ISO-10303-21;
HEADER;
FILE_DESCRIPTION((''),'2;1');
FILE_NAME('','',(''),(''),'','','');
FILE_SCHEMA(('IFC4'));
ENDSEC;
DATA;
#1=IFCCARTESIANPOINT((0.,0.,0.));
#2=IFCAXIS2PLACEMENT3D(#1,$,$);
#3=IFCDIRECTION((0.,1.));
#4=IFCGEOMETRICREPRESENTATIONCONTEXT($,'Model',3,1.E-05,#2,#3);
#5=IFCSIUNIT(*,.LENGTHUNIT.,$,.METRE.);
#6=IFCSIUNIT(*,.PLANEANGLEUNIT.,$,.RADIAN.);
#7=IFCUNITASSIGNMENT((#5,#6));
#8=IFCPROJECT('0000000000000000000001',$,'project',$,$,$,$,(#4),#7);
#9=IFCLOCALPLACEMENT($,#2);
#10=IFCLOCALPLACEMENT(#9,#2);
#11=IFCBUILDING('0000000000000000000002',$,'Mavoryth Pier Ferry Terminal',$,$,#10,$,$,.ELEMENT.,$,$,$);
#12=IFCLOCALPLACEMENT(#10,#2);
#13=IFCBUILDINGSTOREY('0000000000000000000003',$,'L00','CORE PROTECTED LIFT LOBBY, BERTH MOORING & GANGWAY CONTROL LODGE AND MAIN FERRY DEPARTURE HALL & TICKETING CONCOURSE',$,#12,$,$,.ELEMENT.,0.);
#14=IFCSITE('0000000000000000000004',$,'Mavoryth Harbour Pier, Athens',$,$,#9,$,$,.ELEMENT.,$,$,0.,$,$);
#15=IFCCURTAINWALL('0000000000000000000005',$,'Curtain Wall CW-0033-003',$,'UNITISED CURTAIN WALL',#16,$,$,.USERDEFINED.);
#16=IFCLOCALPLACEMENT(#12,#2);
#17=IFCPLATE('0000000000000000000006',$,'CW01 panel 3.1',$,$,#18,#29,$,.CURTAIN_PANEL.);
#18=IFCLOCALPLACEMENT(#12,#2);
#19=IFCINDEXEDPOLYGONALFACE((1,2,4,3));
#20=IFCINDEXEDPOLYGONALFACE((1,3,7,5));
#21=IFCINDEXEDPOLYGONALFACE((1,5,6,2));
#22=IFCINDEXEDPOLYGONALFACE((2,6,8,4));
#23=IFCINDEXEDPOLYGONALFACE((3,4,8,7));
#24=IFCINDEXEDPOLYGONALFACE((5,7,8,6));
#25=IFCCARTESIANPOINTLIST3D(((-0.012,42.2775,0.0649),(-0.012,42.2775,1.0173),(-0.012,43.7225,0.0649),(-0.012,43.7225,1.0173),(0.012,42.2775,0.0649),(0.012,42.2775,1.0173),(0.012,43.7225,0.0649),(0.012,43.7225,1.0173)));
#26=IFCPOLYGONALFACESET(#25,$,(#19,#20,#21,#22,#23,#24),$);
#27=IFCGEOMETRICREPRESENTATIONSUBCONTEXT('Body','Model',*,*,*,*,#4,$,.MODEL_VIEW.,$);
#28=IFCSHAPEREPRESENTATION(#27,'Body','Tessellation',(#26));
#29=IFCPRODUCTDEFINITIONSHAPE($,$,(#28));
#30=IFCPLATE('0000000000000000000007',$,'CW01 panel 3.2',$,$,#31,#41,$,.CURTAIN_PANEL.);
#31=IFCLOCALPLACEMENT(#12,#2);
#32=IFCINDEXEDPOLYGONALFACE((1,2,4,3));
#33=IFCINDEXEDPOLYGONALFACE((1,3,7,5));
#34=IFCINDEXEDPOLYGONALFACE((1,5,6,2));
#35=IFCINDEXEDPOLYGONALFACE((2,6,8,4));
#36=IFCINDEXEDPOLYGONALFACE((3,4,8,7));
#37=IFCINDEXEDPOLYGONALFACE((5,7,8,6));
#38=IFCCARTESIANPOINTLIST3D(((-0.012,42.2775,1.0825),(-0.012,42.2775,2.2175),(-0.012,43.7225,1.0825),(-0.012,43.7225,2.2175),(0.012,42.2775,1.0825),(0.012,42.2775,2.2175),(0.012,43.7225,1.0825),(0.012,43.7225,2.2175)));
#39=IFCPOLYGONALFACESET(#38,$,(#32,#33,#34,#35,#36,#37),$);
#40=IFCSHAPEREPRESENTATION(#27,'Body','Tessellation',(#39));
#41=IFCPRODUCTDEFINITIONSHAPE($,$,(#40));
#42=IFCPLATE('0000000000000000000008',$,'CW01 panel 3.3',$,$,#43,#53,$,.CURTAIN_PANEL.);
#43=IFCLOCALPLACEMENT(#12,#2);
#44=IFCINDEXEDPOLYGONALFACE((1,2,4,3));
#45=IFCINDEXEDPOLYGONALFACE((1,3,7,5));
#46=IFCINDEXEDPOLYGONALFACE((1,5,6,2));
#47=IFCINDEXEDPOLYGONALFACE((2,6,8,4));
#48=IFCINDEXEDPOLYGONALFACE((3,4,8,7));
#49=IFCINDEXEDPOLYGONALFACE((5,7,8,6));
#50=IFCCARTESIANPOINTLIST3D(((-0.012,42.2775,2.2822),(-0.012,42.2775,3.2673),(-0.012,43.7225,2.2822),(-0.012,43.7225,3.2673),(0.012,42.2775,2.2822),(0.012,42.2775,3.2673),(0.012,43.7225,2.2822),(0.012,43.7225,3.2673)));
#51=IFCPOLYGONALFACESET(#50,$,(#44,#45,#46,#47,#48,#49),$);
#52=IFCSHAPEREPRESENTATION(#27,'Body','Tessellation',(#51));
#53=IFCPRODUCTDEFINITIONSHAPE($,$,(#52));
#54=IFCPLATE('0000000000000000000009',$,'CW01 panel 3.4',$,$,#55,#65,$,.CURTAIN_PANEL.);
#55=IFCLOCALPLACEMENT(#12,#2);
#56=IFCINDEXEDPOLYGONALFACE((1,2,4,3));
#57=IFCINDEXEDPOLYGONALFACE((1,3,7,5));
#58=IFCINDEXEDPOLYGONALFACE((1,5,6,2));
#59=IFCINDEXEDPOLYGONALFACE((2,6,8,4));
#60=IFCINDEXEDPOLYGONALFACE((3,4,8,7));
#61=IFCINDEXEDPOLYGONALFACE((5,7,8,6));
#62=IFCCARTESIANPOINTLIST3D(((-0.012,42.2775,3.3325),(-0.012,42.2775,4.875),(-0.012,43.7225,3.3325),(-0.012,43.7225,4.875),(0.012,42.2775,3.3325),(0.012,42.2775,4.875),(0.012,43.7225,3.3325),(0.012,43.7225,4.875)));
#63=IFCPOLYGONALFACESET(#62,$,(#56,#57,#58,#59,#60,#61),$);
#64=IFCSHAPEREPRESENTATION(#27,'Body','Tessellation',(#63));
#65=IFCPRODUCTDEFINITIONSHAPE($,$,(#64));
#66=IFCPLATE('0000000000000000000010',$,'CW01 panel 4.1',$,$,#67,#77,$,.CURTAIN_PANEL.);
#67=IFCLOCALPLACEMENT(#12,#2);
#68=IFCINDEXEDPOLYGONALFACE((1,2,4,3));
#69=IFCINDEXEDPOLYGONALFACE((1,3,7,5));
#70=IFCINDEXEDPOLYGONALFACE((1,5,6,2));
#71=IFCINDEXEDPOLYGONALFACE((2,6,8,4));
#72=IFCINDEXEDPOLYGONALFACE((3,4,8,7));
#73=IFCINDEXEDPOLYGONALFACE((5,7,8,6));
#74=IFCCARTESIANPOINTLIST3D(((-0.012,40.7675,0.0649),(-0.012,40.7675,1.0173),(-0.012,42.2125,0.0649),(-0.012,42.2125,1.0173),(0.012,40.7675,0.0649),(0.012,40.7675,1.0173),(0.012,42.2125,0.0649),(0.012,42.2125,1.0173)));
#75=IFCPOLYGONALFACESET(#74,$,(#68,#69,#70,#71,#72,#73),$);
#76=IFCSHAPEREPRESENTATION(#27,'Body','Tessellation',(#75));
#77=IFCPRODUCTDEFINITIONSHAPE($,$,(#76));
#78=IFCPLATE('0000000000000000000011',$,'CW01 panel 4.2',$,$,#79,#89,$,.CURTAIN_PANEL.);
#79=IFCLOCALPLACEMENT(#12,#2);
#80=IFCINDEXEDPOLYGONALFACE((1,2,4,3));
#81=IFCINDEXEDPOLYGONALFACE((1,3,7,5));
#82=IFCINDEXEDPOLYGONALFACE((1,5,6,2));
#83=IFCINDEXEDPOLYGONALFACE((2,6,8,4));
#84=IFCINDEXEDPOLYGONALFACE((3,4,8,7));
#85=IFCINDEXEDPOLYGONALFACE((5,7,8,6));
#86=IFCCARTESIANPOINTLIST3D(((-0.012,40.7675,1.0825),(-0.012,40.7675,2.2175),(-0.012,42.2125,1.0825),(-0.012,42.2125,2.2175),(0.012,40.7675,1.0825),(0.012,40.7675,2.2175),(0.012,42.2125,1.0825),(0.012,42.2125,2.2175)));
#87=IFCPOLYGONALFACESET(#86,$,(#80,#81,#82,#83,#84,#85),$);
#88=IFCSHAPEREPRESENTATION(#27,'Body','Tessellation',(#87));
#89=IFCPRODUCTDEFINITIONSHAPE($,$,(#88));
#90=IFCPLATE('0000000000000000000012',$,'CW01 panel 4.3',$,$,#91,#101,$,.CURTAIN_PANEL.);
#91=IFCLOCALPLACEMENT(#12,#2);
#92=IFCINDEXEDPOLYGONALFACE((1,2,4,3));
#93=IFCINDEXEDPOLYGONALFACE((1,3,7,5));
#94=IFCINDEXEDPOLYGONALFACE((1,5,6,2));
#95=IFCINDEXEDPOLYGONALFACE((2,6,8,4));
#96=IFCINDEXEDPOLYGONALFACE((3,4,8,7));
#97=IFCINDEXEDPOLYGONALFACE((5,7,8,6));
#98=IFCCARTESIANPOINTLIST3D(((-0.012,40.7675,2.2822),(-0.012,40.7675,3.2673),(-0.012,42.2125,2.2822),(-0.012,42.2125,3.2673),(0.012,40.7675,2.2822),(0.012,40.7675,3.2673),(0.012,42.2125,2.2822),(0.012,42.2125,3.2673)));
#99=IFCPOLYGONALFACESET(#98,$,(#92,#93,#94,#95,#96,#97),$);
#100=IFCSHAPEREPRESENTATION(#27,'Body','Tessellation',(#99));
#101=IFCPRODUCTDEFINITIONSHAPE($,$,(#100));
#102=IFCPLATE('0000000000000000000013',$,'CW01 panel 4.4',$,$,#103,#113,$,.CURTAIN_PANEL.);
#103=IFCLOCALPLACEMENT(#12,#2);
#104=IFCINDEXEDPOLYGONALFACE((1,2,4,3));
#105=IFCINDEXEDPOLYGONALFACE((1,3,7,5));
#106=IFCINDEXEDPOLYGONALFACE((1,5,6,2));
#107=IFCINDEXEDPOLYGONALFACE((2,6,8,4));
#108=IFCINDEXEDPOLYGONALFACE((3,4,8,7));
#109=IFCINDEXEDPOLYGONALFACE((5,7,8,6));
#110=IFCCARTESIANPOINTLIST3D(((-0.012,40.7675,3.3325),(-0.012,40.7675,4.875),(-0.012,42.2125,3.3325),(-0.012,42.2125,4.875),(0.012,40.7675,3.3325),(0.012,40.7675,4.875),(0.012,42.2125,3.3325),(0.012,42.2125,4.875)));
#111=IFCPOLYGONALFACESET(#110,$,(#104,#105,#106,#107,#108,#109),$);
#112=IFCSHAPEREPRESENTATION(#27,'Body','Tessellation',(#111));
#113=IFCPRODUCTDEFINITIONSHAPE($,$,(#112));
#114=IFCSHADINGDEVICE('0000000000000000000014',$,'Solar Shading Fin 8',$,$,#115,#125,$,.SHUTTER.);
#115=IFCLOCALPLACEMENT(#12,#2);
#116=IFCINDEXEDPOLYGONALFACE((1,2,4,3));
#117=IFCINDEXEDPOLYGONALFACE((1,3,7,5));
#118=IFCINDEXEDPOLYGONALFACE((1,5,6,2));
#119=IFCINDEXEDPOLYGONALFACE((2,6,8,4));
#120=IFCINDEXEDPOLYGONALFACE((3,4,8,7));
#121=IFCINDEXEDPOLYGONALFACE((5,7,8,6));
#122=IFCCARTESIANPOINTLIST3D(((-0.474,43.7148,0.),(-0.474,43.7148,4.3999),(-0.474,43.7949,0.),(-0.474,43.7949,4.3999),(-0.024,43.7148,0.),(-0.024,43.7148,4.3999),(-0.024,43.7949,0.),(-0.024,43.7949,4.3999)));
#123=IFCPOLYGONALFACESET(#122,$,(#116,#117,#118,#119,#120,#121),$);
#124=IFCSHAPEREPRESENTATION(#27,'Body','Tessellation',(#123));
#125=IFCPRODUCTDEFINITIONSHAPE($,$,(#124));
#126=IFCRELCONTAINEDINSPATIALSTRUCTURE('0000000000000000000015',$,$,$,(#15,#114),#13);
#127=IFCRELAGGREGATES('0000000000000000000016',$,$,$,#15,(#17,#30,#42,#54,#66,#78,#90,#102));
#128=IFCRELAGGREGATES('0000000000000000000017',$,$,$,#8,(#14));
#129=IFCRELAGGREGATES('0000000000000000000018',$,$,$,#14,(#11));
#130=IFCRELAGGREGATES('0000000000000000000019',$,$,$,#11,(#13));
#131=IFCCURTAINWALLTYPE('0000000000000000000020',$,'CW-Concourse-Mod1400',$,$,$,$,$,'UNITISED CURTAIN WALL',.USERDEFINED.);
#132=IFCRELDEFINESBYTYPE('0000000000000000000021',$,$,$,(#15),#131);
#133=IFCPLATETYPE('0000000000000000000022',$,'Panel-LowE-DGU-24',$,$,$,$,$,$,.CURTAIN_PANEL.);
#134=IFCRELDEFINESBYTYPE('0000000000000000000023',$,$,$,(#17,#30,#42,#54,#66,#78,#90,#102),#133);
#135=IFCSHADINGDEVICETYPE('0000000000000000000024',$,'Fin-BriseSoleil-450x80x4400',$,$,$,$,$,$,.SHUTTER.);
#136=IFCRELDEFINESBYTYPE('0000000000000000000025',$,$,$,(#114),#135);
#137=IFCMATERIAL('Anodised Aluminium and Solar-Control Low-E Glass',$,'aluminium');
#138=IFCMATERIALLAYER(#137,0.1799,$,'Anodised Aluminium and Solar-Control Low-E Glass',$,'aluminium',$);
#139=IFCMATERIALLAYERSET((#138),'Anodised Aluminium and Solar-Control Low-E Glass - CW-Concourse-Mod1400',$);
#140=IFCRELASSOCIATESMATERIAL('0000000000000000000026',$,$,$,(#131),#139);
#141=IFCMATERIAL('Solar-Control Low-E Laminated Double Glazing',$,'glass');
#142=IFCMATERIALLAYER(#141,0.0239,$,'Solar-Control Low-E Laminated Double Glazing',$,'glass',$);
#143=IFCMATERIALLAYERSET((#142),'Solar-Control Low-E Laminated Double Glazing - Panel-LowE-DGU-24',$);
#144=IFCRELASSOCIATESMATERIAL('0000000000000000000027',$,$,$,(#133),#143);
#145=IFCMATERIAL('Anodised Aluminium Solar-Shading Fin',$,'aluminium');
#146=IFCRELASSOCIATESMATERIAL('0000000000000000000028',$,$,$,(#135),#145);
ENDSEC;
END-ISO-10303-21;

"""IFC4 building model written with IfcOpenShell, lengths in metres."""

from ifc_helpers import new_model, si_unit, direction, frame, origin, origin_2d, place, context, subcontext, project, spatial, rectangle, extrude, material, layer, layer_set, type_object, element, aggregate, save


model = new_model("IFC4")

# Units and contexts
model_context = context("Model", 3, precision=1e-05, world=origin(), true_north=direction((0.0, 1.0)))
body_context = subcontext(model_context, "Body", "Model", "MODEL_VIEW")
ifc_project = project(units=[si_unit("LENGTHUNIT", "METRE"), si_unit("PLANEANGLEUNIT", "RADIAN")], contexts=[model_context])

# Site, building, storey
site_placement = place(None, origin())
site = spatial("IfcSite", under=ifc_project, at=site_placement, Name="Mavoryth Harbour Pier, Athens", CompositionType="ELEMENT", RefElevation=0.0)
building_placement = place(site_placement, origin())
building = spatial("IfcBuilding", under=site, at=building_placement, Name="Mavoryth Pier Ferry Terminal", CompositionType="ELEMENT")
storey_placement = place(building_placement, origin())
storey = spatial("IfcBuildingStorey", under=building, at=storey_placement, Name="L00", Description="CORE PROTECTED LIFT LOBBY, BERTH MOORING & GANGWAY CONTROL LODGE AND MAIN FERRY DEPARTURE HALL & TICKETING CONCOURSE", CompositionType="ELEMENT", Elevation=0.0)

# Curtain wall, plates
ifc_material_1 = material(Name="Anodised Aluminium and Solar-Control Low-E Glass", Category="aluminium")
ifc_layer_1 = layer(ifc_material_1, 0.1799, Name="Anodised Aluminium and Solar-Control Low-E Glass", Category="aluminium")
ifc_layer_set_1 = layer_set([ifc_layer_1], Name="Anodised Aluminium and Solar-Control Low-E Glass - CW-Concourse-Mod1400")
curtain_wall_type = type_object("IfcCurtainWallType", Name="CW-Concourse-Mod1400", ElementType="UNITISED CURTAIN WALL", PredefinedType="USERDEFINED", material=ifc_layer_set_1)
curtain_wall_placement = place(storey_placement, origin())
curtain_wall = element("IfcCurtainWall", 1, at=curtain_wall_placement, inside=storey, type_object=curtain_wall_type, Name="Curtain Wall CW-0033-003", ObjectType="UNITISED CURTAIN WALL", PredefinedType="USERDEFINED")
ifc_material_2 = material(Name="Solar-Control Low-E Laminated Double Glazing", Category="glass")
ifc_layer_2 = layer(ifc_material_2, 0.0239, Name="Solar-Control Low-E Laminated Double Glazing", Category="glass")
ifc_layer_set_2 = layer_set([ifc_layer_2], Name="Solar-Control Low-E Laminated Double Glazing - Panel-LowE-DGU-24")
plate_type = type_object("IfcPlateType", Name="Panel-LowE-DGU-24", PredefinedType="CURTAIN_PANEL", material=ifc_layer_set_2)
plate_1_placement = place(storey_placement, frame((0.0, 43.0, 0.0649), z_axis=(0.0, 0.0, 1.0), x_axis=(0.0, -1.0, 0.0)))
plate_1 = element("IfcPlate", 2, at=plate_1_placement, type_object=plate_type, Name="CW01 panel 3.1", PredefinedType="CURTAIN_PANEL", context=body_context, shape_type="SweptSolid", body=[
    extrude(rectangle(XDim=1.4451, YDim=0.0239, at=origin_2d()), origin(), (0.0, 0.0, 1.0), 0.9524),
])
plate_2_placement = place(storey_placement, frame((0.0, 43.0, 1.0825), z_axis=(0.0, 0.0, 1.0), x_axis=(0.0, -1.0, 0.0)))
plate_2 = element("IfcPlate", 3, at=plate_2_placement, type_object=plate_type, Name="CW01 panel 3.2", PredefinedType="CURTAIN_PANEL", context=body_context, shape_type="SweptSolid", body=[
    extrude(rectangle(XDim=1.4451, YDim=0.0239, at=origin_2d()), origin(), (0.0, 0.0, 1.0), 1.135),
])
plate_3_placement = place(storey_placement, frame((0.0, 43.0, 2.2822), z_axis=(0.0, 0.0, 1.0), x_axis=(0.0, -1.0, 0.0)))
plate_3 = element("IfcPlate", 4, at=plate_3_placement, type_object=plate_type, Name="CW01 panel 3.3", PredefinedType="CURTAIN_PANEL", context=body_context, shape_type="SweptSolid", body=[
    extrude(rectangle(XDim=1.4451, YDim=0.0239, at=origin_2d()), origin(), (0.0, 0.0, 1.0), 0.9851),
])
plate_4_placement = place(storey_placement, frame((0.0, 43.0, 3.3325), z_axis=(0.0, 0.0, 1.0), x_axis=(0.0, -1.0, 0.0)))
plate_4 = element("IfcPlate", 5, at=plate_4_placement, type_object=plate_type, Name="CW01 panel 3.4", PredefinedType="CURTAIN_PANEL", context=body_context, shape_type="SweptSolid", body=[
    extrude(rectangle(XDim=1.4451, YDim=0.0239, at=origin_2d()), origin(), (0.0, 0.0, 1.0), 1.5425),
])
plate_5_placement = place(storey_placement, frame((0.0, 41.49, 0.0649), z_axis=(0.0, 0.0, 1.0), x_axis=(0.0, -1.0, 0.0)))
plate_5 = element("IfcPlate", 6, at=plate_5_placement, type_object=plate_type, Name="CW01 panel 4.1", PredefinedType="CURTAIN_PANEL", context=body_context, shape_type="SweptSolid", body=[
    extrude(rectangle(XDim=1.4451, YDim=0.0239, at=origin_2d()), origin(), (0.0, 0.0, 1.0), 0.9524),
])
plate_6_placement = place(storey_placement, frame((0.0, 41.49, 1.0825), z_axis=(0.0, 0.0, 1.0), x_axis=(0.0, -1.0, 0.0)))
plate_6 = element("IfcPlate", 7, at=plate_6_placement, type_object=plate_type, Name="CW01 panel 4.2", PredefinedType="CURTAIN_PANEL", context=body_context, shape_type="SweptSolid", body=[
    extrude(rectangle(XDim=1.4451, YDim=0.0239, at=origin_2d()), origin(), (0.0, 0.0, 1.0), 1.135),
])
plate_7_placement = place(storey_placement, frame((0.0, 41.49, 2.2822), z_axis=(0.0, 0.0, 1.0), x_axis=(0.0, -1.0, 0.0)))
plate_7 = element("IfcPlate", 8, at=plate_7_placement, type_object=plate_type, Name="CW01 panel 4.3", PredefinedType="CURTAIN_PANEL", context=body_context, shape_type="SweptSolid", body=[
    extrude(rectangle(XDim=1.4451, YDim=0.0239, at=origin_2d()), origin(), (0.0, 0.0, 1.0), 0.9851),
])
plate_8_placement = place(storey_placement, frame((0.0, 41.49, 3.3325), z_axis=(0.0, 0.0, 1.0), x_axis=(0.0, -1.0, 0.0)))
plate_8 = element("IfcPlate", 9, at=plate_8_placement, type_object=plate_type, Name="CW01 panel 4.4", PredefinedType="CURTAIN_PANEL", context=body_context, shape_type="SweptSolid", body=[
    extrude(rectangle(XDim=1.4451, YDim=0.0239, at=origin_2d()), origin(), (0.0, 0.0, 1.0), 1.5425),
])
aggregate(curtain_wall, [plate_1, plate_2, plate_3, plate_4, plate_5, plate_6, plate_7, plate_8])

# Shading device
ifc_material_3 = material(Name="Anodised Aluminium Solar-Shading Fin", Category="aluminium")
shading_device_type = type_object("IfcShadingDeviceType", Name="Fin-BriseSoleil-450x80x4400", PredefinedType="SHUTTER", material=ifc_material_3)
shading_device_placement = place(storey_placement, frame((-0.249, 43.7549, 0.0), z_axis=(0.0, 0.0, 1.0), x_axis=(0.0, -1.0, 0.0)))
element("IfcShadingDevice", 10, at=shading_device_placement, inside=storey, type_object=shading_device_type, Name="Solar Shading Fin 8", PredefinedType="SHUTTER", context=body_context, shape_type="SweptSolid", body=[
    extrude(rectangle(XDim=0.0801, YDim=0.45, at=origin_2d()), origin(), (0.0, 0.0, 1.0), 4.3999),
])

save(model, "model.ifc")
